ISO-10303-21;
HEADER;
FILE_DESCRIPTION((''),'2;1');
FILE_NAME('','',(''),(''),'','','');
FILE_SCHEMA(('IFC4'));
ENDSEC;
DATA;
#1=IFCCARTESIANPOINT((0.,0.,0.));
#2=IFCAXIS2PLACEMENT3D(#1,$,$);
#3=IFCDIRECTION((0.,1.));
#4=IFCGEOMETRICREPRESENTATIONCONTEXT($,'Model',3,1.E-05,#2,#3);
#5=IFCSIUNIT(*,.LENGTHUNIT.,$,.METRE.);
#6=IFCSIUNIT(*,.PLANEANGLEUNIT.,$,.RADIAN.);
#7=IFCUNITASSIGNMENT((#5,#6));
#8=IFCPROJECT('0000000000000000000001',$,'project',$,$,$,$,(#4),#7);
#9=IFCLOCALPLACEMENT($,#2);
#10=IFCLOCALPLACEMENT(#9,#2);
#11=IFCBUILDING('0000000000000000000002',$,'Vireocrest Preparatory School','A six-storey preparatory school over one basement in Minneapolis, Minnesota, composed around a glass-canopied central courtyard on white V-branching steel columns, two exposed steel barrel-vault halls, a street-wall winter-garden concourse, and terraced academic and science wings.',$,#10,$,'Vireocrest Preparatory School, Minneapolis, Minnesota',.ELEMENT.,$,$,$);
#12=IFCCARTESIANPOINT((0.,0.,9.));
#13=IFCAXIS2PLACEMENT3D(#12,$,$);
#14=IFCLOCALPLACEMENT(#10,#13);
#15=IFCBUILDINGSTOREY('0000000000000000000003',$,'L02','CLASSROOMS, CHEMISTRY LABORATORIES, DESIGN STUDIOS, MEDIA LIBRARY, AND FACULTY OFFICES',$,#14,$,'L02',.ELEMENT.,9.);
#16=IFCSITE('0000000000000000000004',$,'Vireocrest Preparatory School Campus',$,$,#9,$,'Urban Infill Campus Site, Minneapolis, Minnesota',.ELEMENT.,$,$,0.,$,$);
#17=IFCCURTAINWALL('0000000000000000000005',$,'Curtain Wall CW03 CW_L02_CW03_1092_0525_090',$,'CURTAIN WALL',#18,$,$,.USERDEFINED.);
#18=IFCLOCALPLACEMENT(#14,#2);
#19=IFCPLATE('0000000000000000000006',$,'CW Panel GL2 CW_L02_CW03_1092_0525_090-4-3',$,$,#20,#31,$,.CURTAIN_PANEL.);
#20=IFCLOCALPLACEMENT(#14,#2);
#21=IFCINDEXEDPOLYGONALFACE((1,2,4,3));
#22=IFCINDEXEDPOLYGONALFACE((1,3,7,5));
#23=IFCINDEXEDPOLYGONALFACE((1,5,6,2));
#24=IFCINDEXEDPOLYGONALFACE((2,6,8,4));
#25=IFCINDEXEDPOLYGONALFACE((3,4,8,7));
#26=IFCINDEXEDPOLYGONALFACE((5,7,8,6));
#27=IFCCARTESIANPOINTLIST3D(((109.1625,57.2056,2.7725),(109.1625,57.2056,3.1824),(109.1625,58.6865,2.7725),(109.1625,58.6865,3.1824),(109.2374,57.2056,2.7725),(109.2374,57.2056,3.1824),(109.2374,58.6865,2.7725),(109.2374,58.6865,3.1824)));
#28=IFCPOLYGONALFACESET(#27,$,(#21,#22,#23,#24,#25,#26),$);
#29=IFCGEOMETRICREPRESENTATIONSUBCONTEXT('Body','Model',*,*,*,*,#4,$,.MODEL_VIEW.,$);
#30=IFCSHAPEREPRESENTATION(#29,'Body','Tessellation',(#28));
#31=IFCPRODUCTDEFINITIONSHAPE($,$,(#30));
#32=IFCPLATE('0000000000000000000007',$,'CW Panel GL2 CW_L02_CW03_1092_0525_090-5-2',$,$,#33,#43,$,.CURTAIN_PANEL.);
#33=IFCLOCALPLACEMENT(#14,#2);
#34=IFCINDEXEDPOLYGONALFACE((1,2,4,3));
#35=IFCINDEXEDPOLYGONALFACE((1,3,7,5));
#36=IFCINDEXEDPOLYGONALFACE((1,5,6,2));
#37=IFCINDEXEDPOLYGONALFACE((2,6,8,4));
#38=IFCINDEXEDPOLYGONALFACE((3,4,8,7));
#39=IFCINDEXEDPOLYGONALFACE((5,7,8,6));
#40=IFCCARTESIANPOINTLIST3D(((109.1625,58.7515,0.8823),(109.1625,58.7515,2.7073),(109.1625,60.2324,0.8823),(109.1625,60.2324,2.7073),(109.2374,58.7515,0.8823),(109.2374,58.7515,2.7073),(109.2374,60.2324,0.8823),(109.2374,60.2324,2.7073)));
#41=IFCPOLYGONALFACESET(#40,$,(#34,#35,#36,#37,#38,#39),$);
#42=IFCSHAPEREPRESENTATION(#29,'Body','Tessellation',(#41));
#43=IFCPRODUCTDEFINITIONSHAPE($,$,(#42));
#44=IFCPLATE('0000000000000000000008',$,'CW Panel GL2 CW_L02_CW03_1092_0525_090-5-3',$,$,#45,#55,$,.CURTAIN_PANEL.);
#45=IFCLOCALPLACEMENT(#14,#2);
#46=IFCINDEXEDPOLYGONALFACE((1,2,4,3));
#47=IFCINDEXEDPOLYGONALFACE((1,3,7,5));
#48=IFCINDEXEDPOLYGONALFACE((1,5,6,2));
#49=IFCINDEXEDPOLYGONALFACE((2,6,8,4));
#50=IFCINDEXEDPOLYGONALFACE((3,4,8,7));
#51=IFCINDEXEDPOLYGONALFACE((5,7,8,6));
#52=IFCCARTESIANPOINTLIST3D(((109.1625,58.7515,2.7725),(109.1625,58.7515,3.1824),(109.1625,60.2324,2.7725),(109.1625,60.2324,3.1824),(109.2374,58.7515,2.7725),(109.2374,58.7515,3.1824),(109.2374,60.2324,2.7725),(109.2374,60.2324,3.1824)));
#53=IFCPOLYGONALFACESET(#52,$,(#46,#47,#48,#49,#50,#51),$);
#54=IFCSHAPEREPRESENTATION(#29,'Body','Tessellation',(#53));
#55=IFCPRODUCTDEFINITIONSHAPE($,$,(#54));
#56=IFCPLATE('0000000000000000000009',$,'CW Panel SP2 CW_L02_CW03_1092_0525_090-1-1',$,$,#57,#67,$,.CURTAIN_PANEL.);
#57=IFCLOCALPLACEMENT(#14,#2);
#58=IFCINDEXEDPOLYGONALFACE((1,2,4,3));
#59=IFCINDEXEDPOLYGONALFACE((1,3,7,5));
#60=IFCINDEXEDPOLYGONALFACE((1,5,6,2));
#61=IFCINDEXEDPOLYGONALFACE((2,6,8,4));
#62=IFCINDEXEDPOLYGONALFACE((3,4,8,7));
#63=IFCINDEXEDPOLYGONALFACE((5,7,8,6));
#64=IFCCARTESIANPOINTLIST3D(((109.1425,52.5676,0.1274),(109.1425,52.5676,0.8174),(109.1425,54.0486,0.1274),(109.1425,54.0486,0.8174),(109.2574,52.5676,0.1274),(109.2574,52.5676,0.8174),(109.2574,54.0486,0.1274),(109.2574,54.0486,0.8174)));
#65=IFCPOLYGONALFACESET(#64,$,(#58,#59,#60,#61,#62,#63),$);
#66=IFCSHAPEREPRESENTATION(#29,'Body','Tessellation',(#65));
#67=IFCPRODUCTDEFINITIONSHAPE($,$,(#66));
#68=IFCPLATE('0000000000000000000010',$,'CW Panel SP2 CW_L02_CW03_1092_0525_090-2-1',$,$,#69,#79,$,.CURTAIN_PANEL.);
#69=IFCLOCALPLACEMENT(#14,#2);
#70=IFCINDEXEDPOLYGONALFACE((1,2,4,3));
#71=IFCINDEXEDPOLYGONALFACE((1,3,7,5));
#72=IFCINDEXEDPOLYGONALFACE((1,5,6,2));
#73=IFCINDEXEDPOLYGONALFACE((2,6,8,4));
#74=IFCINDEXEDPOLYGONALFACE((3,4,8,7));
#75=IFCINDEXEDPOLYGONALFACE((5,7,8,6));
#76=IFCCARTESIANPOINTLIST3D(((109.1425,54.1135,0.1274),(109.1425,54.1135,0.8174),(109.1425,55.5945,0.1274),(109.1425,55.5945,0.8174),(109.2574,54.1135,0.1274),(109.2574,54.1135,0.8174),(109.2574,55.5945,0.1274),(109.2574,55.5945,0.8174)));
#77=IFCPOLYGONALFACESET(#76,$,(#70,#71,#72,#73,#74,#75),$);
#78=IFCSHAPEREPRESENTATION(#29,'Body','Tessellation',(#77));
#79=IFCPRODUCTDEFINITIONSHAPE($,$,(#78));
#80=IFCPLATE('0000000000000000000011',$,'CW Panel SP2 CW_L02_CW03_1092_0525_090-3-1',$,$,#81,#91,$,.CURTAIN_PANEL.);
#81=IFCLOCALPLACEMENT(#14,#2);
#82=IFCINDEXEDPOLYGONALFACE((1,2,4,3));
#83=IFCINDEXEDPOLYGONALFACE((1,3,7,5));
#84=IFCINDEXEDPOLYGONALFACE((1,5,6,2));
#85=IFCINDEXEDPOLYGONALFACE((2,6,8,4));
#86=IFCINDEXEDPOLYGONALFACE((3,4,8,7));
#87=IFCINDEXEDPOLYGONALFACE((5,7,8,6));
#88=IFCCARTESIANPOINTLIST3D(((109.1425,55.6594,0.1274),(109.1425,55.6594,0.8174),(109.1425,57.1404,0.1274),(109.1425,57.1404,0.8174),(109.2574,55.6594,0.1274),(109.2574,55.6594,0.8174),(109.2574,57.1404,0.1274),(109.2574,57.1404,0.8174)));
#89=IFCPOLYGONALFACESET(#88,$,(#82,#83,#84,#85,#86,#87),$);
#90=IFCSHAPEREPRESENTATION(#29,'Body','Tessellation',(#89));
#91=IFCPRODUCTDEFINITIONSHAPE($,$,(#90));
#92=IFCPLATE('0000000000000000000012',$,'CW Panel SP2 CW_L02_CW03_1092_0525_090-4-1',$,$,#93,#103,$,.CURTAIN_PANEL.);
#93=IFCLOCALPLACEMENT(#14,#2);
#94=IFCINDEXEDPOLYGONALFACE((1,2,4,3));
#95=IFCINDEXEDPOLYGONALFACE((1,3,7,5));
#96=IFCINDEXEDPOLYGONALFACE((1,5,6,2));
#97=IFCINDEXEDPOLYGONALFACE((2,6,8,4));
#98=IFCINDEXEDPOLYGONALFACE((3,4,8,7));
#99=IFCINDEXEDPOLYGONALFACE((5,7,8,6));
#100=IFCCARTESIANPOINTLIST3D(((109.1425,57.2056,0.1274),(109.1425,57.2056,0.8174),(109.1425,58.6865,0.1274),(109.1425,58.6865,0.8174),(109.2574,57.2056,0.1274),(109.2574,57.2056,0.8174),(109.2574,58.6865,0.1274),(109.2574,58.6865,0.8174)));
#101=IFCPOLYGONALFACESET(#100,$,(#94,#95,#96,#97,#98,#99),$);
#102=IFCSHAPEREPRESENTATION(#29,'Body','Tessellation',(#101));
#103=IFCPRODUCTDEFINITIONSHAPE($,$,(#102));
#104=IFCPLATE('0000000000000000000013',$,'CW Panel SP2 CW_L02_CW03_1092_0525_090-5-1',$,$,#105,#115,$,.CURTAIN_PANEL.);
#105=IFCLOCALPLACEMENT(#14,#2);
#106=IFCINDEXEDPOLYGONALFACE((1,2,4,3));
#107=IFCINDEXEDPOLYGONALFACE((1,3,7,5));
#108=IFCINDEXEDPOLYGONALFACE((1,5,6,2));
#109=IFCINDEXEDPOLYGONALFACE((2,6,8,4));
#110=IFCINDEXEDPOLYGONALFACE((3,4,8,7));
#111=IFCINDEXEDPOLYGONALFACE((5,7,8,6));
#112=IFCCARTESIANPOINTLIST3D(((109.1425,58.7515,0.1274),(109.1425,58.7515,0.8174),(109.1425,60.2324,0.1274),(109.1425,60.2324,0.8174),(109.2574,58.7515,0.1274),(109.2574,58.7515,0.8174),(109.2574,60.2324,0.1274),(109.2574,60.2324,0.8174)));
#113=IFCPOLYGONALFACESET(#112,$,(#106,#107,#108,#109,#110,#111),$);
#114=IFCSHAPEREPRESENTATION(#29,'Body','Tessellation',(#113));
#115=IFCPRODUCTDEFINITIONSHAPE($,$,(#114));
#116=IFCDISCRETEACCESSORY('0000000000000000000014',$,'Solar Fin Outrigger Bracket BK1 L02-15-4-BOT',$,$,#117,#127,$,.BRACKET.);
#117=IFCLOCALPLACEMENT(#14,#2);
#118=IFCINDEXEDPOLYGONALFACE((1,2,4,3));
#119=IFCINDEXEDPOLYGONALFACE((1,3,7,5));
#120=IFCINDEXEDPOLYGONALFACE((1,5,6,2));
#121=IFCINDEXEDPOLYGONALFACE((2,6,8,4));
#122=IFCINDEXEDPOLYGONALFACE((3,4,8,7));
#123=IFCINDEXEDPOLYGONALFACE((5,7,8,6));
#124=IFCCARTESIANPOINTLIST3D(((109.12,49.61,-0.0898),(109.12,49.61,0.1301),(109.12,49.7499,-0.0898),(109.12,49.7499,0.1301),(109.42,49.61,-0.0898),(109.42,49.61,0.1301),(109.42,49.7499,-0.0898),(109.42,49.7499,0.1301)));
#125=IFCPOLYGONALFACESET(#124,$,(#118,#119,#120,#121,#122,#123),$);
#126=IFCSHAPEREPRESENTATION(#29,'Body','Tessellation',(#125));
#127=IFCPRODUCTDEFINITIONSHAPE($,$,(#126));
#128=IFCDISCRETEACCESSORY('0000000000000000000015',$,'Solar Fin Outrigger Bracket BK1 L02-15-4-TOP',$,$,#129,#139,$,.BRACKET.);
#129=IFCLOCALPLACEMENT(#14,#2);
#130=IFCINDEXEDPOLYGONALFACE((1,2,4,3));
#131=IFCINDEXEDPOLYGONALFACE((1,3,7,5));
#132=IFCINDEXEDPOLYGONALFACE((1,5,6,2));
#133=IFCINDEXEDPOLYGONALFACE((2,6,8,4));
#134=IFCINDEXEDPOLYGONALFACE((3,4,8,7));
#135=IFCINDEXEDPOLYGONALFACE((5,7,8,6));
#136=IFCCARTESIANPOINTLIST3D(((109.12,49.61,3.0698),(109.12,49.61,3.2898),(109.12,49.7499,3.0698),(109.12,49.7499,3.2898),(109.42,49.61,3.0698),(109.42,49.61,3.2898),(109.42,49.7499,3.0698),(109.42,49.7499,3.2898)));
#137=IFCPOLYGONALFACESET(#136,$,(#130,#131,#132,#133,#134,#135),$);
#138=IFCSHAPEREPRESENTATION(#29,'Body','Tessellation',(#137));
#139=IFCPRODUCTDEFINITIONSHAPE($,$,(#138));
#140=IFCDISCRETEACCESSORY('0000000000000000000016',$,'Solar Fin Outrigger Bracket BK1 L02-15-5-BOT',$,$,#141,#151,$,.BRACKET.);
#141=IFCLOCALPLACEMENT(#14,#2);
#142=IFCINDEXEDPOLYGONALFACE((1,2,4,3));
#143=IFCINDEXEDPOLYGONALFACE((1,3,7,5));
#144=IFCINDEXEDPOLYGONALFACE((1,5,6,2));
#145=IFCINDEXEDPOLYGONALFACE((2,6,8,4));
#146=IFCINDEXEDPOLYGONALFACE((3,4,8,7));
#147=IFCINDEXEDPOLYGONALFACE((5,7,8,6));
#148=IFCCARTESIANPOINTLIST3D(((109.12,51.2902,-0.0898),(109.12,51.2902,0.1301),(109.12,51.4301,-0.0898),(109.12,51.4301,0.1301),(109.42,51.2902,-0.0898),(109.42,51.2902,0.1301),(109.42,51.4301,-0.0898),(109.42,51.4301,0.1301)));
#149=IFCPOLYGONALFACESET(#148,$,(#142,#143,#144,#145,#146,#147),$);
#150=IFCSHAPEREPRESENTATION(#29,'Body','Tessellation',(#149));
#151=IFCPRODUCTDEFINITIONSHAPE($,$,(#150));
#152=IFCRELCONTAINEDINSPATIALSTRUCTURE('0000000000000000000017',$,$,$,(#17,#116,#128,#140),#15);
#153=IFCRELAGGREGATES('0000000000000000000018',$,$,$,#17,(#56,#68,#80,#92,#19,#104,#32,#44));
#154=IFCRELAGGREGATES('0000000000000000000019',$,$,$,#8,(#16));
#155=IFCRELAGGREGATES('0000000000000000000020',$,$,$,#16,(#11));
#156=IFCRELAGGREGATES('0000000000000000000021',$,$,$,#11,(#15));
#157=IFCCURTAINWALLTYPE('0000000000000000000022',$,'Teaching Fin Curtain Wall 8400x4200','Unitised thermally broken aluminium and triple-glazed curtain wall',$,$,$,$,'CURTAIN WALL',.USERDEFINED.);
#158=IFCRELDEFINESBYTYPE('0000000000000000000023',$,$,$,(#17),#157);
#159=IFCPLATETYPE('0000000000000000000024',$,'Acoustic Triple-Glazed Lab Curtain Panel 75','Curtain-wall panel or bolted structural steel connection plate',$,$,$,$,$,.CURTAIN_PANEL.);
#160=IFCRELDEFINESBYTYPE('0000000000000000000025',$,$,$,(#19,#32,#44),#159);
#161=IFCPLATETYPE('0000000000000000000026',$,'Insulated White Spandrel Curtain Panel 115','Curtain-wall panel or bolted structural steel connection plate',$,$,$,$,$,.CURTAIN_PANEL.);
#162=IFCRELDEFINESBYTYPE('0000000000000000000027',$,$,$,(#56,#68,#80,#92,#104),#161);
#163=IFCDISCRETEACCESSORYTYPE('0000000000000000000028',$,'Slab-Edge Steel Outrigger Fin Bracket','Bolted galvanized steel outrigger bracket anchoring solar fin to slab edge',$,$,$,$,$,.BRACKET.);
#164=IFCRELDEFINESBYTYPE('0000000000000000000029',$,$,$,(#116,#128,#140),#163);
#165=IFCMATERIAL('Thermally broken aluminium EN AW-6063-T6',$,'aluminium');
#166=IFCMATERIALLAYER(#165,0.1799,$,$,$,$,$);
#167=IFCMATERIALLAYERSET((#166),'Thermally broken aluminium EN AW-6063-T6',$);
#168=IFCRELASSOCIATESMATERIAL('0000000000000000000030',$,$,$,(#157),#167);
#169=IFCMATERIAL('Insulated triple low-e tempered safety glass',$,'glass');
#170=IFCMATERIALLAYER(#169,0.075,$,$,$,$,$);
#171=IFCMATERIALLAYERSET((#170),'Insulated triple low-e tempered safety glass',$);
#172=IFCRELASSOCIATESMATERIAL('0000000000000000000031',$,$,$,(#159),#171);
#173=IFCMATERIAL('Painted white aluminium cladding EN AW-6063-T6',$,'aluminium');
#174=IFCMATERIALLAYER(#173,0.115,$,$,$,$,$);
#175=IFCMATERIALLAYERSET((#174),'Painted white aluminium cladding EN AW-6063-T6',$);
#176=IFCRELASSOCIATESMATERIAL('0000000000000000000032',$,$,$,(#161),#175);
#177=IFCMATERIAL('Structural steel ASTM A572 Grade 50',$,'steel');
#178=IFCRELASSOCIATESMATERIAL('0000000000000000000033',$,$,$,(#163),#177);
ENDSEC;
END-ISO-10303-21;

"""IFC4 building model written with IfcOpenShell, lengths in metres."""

from ifc_helpers import new_model, si_unit, direction, frame, origin, origin_2d, place, context, subcontext, project, spatial, rectangle, extrude, material, layer, layer_set, type_object, element, aggregate, save


model = new_model("IFC4")

# Units and contexts
model_context = context("Model", 3, precision=1e-05, world=origin(), true_north=direction((0.0, 1.0)))
body_context = subcontext(model_context, "Body", "Model", "MODEL_VIEW")
ifc_project = project(units=[si_unit("LENGTHUNIT", "METRE"), si_unit("PLANEANGLEUNIT", "RADIAN")], contexts=[model_context])

# Site, building, storey
site_placement = place(None, origin())
site = spatial("IfcSite", under=ifc_project, at=site_placement, Name="Vireocrest Preparatory School Campus", LongName="Urban Infill Campus Site, Minneapolis, Minnesota", CompositionType="ELEMENT", RefElevation=0.0)
building_placement = place(site_placement, origin())
building = spatial("IfcBuilding", under=site, at=building_placement, Name="Vireocrest Preparatory School", Description="A six-storey preparatory school over one basement in Minneapolis, Minnesota, composed around a glass-canopied central courtyard on white V-branching steel columns, two exposed steel barrel-vault halls, a street-wall winter-garden concourse, and terraced academic and science wings.", LongName="Vireocrest Preparatory School, Minneapolis, Minnesota", CompositionType="ELEMENT")
storey_placement = place(building_placement, frame((0.0, 0.0, 9.0)))
storey = spatial("IfcBuildingStorey", under=building, at=storey_placement, Name="L02", Description="CLASSROOMS, CHEMISTRY LABORATORIES, DESIGN STUDIOS, MEDIA LIBRARY, AND FACULTY OFFICES", LongName="L02", CompositionType="ELEMENT", Elevation=9.0)

# Curtain wall
ifc_material_1 = material(Name="Thermally broken aluminium EN AW-6063-T6", Category="aluminium")
ifc_layer_1 = layer(ifc_material_1, 0.1799)
ifc_layer_set_1 = layer_set([ifc_layer_1], Name="Thermally broken aluminium EN AW-6063-T6")
curtain_wall_type = type_object("IfcCurtainWallType", Name="Teaching Fin Curtain Wall 8400x4200", Description="Unitised thermally broken aluminium and triple-glazed curtain wall", ElementType="CURTAIN WALL", PredefinedType="USERDEFINED", material=ifc_layer_set_1)
curtain_wall_1_placement = place(storey_placement, origin())
curtain_wall_1 = element("IfcCurtainWall", 1, at=curtain_wall_1_placement, inside=storey, type_object=curtain_wall_type, Name="Curtain Wall CW03 CW_L02_CW03_1092_0525_090", ObjectType="CURTAIN WALL", PredefinedType="USERDEFINED")

# Plates
ifc_material_2 = material(Name="Insulated triple low-e tempered safety glass", Category="glass")
ifc_layer_2 = layer(ifc_material_2, 0.075)
ifc_layer_set_2 = layer_set([ifc_layer_2], Name="Insulated triple low-e tempered safety glass")
plate_type_1 = type_object("IfcPlateType", Name="Acoustic Triple-Glazed Lab Curtain Panel 75", Description="Curtain-wall panel or bolted structural steel connection plate", PredefinedType="CURTAIN_PANEL", material=ifc_layer_set_2)
plate_1_placement = place(storey_placement, frame((109.2, 57.946, 2.7725), z_axis=(0.0, 0.0, 1.0), x_axis=(0.0, 1.0, 0.0)))
plate_1 = element("IfcPlate", 2, at=plate_1_placement, type_object=plate_type_1, Name="CW Panel GL2 CW_L02_CW03_1092_0525_090-4-3", PredefinedType="CURTAIN_PANEL", context=body_context, shape_type="SweptSolid", body=[
    extrude(rectangle(XDim=1.481, YDim=0.075, at=origin_2d()), origin(), (0.0, 0.0, 1.0), 0.4099),
])
plate_2_placement = place(storey_placement, frame((109.2, 59.4919, 0.8823), z_axis=(0.0, 0.0, 1.0), x_axis=(0.0, 1.0, 0.0)))
plate_2 = element("IfcPlate", 3, at=plate_2_placement, type_object=plate_type_1, Name="CW Panel GL2 CW_L02_CW03_1092_0525_090-5-2", PredefinedType="CURTAIN_PANEL", context=body_context, shape_type="SweptSolid", body=[
    extrude(rectangle(XDim=1.481, YDim=0.075, at=origin_2d()), origin(), (0.0, 0.0, 1.0), 1.825),
])
plate_3_placement = place(storey_placement, frame((109.2, 59.4919, 2.7725), z_axis=(0.0, 0.0, 1.0), x_axis=(0.0, 1.0, 0.0)))
plate_3 = element("IfcPlate", 4, at=plate_3_placement, type_object=plate_type_1, Name="CW Panel GL2 CW_L02_CW03_1092_0525_090-5-3", PredefinedType="CURTAIN_PANEL", context=body_context, shape_type="SweptSolid", body=[
    extrude(rectangle(XDim=1.481, YDim=0.075, at=origin_2d()), origin(), (0.0, 0.0, 1.0), 0.4099),
])
ifc_material_3 = material(Name="Painted white aluminium cladding EN AW-6063-T6", Category="aluminium")
ifc_layer_3 = layer(ifc_material_3, 0.115)
ifc_layer_set_3 = layer_set([ifc_layer_3], Name="Painted white aluminium cladding EN AW-6063-T6")
plate_type_2 = type_object("IfcPlateType", Name="Insulated White Spandrel Curtain Panel 115", Description="Curtain-wall panel or bolted structural steel connection plate", PredefinedType="CURTAIN_PANEL", material=ifc_layer_set_3)
plate_4_placement = place(storey_placement, frame((109.2, 53.3081, 0.1274), z_axis=(0.0, 0.0, 1.0), x_axis=(0.0, 1.0, 0.0)))
plate_4 = element("IfcPlate", 5, at=plate_4_placement, type_object=plate_type_2, Name="CW Panel SP2 CW_L02_CW03_1092_0525_090-1-1", PredefinedType="CURTAIN_PANEL", context=body_context, shape_type="SweptSolid", body=[
    extrude(rectangle(XDim=1.481, YDim=0.115, at=origin_2d()), origin(), (0.0, 0.0, 1.0), 0.6899),
])
plate_5_placement = place(storey_placement, frame((109.2, 54.854, 0.1274), z_axis=(0.0, 0.0, 1.0), x_axis=(0.0, 1.0, 0.0)))
plate_5 = element("IfcPlate", 6, at=plate_5_placement, type_object=plate_type_2, Name="CW Panel SP2 CW_L02_CW03_1092_0525_090-2-1", PredefinedType="CURTAIN_PANEL", context=body_context, shape_type="SweptSolid", body=[
    extrude(rectangle(XDim=1.481, YDim=0.115, at=origin_2d()), origin(), (0.0, 0.0, 1.0), 0.6899),
])
plate_6_placement = place(storey_placement, frame((109.2, 56.3999, 0.1274), z_axis=(0.0, 0.0, 1.0), x_axis=(0.0, 1.0, 0.0)))
plate_6 = element("IfcPlate", 7, at=plate_6_placement, type_object=plate_type_2, Name="CW Panel SP2 CW_L02_CW03_1092_0525_090-3-1", PredefinedType="CURTAIN_PANEL", context=body_context, shape_type="SweptSolid", body=[
    extrude(rectangle(XDim=1.481, YDim=0.115, at=origin_2d()), origin(), (0.0, 0.0, 1.0), 0.6899),
])
plate_7_placement = place(storey_placement, frame((109.2, 57.946, 0.1274), z_axis=(0.0, 0.0, 1.0), x_axis=(0.0, 1.0, 0.0)))
plate_7 = element("IfcPlate", 8, at=plate_7_placement, type_object=plate_type_2, Name="CW Panel SP2 CW_L02_CW03_1092_0525_090-4-1", PredefinedType="CURTAIN_PANEL", context=body_context, shape_type="SweptSolid", body=[
    extrude(rectangle(XDim=1.481, YDim=0.115, at=origin_2d()), origin(), (0.0, 0.0, 1.0), 0.6899),
])
plate_8_placement = place(storey_placement, frame((109.2, 59.4919, 0.1274), z_axis=(0.0, 0.0, 1.0), x_axis=(0.0, 1.0, 0.0)))
plate_8 = element("IfcPlate", 9, at=plate_8_placement, type_object=plate_type_2, Name="CW Panel SP2 CW_L02_CW03_1092_0525_090-5-1", PredefinedType="CURTAIN_PANEL", context=body_context, shape_type="SweptSolid", body=[
    extrude(rectangle(XDim=1.481, YDim=0.115, at=origin_2d()), origin(), (0.0, 0.0, 1.0), 0.6899),
])
aggregate(curtain_wall_1, [plate_4, plate_5, plate_6, plate_7, plate_1, plate_8, plate_2, plate_3])

# Discrete accessories
ifc_material_4 = material(Name="Structural steel ASTM A572 Grade 50", Category="steel")
discrete_accessory_type = type_object("IfcDiscreteAccessoryType", Name="Slab-Edge Steel Outrigger Fin Bracket", Description="Bolted galvanized steel outrigger bracket anchoring solar fin to slab edge", PredefinedType="BRACKET", material=ifc_material_4)
for number, where, z_axis, x_axis, name in (
    (10, (109.27, 49.6799, -0.0898), (0.0, 0.0, 1.0), (0.0, -1.0, 0.0), "Solar Fin Outrigger Bracket BK1 L02-15-4-BOT"),
    (11, (109.27, 49.6799, 3.0698), (0.0, 0.0, 1.0), (0.0, -1.0, 0.0), "Solar Fin Outrigger Bracket BK1 L02-15-4-TOP"),
    (12, (109.27, 51.3601, -0.0898), (0.0, 0.0, 1.0), (0.0, -1.0, 0.0), "Solar Fin Outrigger Bracket BK1 L02-15-5-BOT"),
):
    element("IfcDiscreteAccessory", number, at=place(storey_placement, frame(where, z_axis=z_axis, x_axis=x_axis)), inside=storey, type_object=discrete_accessory_type, Name=name, PredefinedType="BRACKET", context=body_context, shape_type="SweptSolid", body=[
        extrude(rectangle(XDim=0.1399, YDim=0.3, at=origin_2d()), origin(), (0.0, 0.0, 1.0), 0.22),
    ])

save(model, "model.ifc")
